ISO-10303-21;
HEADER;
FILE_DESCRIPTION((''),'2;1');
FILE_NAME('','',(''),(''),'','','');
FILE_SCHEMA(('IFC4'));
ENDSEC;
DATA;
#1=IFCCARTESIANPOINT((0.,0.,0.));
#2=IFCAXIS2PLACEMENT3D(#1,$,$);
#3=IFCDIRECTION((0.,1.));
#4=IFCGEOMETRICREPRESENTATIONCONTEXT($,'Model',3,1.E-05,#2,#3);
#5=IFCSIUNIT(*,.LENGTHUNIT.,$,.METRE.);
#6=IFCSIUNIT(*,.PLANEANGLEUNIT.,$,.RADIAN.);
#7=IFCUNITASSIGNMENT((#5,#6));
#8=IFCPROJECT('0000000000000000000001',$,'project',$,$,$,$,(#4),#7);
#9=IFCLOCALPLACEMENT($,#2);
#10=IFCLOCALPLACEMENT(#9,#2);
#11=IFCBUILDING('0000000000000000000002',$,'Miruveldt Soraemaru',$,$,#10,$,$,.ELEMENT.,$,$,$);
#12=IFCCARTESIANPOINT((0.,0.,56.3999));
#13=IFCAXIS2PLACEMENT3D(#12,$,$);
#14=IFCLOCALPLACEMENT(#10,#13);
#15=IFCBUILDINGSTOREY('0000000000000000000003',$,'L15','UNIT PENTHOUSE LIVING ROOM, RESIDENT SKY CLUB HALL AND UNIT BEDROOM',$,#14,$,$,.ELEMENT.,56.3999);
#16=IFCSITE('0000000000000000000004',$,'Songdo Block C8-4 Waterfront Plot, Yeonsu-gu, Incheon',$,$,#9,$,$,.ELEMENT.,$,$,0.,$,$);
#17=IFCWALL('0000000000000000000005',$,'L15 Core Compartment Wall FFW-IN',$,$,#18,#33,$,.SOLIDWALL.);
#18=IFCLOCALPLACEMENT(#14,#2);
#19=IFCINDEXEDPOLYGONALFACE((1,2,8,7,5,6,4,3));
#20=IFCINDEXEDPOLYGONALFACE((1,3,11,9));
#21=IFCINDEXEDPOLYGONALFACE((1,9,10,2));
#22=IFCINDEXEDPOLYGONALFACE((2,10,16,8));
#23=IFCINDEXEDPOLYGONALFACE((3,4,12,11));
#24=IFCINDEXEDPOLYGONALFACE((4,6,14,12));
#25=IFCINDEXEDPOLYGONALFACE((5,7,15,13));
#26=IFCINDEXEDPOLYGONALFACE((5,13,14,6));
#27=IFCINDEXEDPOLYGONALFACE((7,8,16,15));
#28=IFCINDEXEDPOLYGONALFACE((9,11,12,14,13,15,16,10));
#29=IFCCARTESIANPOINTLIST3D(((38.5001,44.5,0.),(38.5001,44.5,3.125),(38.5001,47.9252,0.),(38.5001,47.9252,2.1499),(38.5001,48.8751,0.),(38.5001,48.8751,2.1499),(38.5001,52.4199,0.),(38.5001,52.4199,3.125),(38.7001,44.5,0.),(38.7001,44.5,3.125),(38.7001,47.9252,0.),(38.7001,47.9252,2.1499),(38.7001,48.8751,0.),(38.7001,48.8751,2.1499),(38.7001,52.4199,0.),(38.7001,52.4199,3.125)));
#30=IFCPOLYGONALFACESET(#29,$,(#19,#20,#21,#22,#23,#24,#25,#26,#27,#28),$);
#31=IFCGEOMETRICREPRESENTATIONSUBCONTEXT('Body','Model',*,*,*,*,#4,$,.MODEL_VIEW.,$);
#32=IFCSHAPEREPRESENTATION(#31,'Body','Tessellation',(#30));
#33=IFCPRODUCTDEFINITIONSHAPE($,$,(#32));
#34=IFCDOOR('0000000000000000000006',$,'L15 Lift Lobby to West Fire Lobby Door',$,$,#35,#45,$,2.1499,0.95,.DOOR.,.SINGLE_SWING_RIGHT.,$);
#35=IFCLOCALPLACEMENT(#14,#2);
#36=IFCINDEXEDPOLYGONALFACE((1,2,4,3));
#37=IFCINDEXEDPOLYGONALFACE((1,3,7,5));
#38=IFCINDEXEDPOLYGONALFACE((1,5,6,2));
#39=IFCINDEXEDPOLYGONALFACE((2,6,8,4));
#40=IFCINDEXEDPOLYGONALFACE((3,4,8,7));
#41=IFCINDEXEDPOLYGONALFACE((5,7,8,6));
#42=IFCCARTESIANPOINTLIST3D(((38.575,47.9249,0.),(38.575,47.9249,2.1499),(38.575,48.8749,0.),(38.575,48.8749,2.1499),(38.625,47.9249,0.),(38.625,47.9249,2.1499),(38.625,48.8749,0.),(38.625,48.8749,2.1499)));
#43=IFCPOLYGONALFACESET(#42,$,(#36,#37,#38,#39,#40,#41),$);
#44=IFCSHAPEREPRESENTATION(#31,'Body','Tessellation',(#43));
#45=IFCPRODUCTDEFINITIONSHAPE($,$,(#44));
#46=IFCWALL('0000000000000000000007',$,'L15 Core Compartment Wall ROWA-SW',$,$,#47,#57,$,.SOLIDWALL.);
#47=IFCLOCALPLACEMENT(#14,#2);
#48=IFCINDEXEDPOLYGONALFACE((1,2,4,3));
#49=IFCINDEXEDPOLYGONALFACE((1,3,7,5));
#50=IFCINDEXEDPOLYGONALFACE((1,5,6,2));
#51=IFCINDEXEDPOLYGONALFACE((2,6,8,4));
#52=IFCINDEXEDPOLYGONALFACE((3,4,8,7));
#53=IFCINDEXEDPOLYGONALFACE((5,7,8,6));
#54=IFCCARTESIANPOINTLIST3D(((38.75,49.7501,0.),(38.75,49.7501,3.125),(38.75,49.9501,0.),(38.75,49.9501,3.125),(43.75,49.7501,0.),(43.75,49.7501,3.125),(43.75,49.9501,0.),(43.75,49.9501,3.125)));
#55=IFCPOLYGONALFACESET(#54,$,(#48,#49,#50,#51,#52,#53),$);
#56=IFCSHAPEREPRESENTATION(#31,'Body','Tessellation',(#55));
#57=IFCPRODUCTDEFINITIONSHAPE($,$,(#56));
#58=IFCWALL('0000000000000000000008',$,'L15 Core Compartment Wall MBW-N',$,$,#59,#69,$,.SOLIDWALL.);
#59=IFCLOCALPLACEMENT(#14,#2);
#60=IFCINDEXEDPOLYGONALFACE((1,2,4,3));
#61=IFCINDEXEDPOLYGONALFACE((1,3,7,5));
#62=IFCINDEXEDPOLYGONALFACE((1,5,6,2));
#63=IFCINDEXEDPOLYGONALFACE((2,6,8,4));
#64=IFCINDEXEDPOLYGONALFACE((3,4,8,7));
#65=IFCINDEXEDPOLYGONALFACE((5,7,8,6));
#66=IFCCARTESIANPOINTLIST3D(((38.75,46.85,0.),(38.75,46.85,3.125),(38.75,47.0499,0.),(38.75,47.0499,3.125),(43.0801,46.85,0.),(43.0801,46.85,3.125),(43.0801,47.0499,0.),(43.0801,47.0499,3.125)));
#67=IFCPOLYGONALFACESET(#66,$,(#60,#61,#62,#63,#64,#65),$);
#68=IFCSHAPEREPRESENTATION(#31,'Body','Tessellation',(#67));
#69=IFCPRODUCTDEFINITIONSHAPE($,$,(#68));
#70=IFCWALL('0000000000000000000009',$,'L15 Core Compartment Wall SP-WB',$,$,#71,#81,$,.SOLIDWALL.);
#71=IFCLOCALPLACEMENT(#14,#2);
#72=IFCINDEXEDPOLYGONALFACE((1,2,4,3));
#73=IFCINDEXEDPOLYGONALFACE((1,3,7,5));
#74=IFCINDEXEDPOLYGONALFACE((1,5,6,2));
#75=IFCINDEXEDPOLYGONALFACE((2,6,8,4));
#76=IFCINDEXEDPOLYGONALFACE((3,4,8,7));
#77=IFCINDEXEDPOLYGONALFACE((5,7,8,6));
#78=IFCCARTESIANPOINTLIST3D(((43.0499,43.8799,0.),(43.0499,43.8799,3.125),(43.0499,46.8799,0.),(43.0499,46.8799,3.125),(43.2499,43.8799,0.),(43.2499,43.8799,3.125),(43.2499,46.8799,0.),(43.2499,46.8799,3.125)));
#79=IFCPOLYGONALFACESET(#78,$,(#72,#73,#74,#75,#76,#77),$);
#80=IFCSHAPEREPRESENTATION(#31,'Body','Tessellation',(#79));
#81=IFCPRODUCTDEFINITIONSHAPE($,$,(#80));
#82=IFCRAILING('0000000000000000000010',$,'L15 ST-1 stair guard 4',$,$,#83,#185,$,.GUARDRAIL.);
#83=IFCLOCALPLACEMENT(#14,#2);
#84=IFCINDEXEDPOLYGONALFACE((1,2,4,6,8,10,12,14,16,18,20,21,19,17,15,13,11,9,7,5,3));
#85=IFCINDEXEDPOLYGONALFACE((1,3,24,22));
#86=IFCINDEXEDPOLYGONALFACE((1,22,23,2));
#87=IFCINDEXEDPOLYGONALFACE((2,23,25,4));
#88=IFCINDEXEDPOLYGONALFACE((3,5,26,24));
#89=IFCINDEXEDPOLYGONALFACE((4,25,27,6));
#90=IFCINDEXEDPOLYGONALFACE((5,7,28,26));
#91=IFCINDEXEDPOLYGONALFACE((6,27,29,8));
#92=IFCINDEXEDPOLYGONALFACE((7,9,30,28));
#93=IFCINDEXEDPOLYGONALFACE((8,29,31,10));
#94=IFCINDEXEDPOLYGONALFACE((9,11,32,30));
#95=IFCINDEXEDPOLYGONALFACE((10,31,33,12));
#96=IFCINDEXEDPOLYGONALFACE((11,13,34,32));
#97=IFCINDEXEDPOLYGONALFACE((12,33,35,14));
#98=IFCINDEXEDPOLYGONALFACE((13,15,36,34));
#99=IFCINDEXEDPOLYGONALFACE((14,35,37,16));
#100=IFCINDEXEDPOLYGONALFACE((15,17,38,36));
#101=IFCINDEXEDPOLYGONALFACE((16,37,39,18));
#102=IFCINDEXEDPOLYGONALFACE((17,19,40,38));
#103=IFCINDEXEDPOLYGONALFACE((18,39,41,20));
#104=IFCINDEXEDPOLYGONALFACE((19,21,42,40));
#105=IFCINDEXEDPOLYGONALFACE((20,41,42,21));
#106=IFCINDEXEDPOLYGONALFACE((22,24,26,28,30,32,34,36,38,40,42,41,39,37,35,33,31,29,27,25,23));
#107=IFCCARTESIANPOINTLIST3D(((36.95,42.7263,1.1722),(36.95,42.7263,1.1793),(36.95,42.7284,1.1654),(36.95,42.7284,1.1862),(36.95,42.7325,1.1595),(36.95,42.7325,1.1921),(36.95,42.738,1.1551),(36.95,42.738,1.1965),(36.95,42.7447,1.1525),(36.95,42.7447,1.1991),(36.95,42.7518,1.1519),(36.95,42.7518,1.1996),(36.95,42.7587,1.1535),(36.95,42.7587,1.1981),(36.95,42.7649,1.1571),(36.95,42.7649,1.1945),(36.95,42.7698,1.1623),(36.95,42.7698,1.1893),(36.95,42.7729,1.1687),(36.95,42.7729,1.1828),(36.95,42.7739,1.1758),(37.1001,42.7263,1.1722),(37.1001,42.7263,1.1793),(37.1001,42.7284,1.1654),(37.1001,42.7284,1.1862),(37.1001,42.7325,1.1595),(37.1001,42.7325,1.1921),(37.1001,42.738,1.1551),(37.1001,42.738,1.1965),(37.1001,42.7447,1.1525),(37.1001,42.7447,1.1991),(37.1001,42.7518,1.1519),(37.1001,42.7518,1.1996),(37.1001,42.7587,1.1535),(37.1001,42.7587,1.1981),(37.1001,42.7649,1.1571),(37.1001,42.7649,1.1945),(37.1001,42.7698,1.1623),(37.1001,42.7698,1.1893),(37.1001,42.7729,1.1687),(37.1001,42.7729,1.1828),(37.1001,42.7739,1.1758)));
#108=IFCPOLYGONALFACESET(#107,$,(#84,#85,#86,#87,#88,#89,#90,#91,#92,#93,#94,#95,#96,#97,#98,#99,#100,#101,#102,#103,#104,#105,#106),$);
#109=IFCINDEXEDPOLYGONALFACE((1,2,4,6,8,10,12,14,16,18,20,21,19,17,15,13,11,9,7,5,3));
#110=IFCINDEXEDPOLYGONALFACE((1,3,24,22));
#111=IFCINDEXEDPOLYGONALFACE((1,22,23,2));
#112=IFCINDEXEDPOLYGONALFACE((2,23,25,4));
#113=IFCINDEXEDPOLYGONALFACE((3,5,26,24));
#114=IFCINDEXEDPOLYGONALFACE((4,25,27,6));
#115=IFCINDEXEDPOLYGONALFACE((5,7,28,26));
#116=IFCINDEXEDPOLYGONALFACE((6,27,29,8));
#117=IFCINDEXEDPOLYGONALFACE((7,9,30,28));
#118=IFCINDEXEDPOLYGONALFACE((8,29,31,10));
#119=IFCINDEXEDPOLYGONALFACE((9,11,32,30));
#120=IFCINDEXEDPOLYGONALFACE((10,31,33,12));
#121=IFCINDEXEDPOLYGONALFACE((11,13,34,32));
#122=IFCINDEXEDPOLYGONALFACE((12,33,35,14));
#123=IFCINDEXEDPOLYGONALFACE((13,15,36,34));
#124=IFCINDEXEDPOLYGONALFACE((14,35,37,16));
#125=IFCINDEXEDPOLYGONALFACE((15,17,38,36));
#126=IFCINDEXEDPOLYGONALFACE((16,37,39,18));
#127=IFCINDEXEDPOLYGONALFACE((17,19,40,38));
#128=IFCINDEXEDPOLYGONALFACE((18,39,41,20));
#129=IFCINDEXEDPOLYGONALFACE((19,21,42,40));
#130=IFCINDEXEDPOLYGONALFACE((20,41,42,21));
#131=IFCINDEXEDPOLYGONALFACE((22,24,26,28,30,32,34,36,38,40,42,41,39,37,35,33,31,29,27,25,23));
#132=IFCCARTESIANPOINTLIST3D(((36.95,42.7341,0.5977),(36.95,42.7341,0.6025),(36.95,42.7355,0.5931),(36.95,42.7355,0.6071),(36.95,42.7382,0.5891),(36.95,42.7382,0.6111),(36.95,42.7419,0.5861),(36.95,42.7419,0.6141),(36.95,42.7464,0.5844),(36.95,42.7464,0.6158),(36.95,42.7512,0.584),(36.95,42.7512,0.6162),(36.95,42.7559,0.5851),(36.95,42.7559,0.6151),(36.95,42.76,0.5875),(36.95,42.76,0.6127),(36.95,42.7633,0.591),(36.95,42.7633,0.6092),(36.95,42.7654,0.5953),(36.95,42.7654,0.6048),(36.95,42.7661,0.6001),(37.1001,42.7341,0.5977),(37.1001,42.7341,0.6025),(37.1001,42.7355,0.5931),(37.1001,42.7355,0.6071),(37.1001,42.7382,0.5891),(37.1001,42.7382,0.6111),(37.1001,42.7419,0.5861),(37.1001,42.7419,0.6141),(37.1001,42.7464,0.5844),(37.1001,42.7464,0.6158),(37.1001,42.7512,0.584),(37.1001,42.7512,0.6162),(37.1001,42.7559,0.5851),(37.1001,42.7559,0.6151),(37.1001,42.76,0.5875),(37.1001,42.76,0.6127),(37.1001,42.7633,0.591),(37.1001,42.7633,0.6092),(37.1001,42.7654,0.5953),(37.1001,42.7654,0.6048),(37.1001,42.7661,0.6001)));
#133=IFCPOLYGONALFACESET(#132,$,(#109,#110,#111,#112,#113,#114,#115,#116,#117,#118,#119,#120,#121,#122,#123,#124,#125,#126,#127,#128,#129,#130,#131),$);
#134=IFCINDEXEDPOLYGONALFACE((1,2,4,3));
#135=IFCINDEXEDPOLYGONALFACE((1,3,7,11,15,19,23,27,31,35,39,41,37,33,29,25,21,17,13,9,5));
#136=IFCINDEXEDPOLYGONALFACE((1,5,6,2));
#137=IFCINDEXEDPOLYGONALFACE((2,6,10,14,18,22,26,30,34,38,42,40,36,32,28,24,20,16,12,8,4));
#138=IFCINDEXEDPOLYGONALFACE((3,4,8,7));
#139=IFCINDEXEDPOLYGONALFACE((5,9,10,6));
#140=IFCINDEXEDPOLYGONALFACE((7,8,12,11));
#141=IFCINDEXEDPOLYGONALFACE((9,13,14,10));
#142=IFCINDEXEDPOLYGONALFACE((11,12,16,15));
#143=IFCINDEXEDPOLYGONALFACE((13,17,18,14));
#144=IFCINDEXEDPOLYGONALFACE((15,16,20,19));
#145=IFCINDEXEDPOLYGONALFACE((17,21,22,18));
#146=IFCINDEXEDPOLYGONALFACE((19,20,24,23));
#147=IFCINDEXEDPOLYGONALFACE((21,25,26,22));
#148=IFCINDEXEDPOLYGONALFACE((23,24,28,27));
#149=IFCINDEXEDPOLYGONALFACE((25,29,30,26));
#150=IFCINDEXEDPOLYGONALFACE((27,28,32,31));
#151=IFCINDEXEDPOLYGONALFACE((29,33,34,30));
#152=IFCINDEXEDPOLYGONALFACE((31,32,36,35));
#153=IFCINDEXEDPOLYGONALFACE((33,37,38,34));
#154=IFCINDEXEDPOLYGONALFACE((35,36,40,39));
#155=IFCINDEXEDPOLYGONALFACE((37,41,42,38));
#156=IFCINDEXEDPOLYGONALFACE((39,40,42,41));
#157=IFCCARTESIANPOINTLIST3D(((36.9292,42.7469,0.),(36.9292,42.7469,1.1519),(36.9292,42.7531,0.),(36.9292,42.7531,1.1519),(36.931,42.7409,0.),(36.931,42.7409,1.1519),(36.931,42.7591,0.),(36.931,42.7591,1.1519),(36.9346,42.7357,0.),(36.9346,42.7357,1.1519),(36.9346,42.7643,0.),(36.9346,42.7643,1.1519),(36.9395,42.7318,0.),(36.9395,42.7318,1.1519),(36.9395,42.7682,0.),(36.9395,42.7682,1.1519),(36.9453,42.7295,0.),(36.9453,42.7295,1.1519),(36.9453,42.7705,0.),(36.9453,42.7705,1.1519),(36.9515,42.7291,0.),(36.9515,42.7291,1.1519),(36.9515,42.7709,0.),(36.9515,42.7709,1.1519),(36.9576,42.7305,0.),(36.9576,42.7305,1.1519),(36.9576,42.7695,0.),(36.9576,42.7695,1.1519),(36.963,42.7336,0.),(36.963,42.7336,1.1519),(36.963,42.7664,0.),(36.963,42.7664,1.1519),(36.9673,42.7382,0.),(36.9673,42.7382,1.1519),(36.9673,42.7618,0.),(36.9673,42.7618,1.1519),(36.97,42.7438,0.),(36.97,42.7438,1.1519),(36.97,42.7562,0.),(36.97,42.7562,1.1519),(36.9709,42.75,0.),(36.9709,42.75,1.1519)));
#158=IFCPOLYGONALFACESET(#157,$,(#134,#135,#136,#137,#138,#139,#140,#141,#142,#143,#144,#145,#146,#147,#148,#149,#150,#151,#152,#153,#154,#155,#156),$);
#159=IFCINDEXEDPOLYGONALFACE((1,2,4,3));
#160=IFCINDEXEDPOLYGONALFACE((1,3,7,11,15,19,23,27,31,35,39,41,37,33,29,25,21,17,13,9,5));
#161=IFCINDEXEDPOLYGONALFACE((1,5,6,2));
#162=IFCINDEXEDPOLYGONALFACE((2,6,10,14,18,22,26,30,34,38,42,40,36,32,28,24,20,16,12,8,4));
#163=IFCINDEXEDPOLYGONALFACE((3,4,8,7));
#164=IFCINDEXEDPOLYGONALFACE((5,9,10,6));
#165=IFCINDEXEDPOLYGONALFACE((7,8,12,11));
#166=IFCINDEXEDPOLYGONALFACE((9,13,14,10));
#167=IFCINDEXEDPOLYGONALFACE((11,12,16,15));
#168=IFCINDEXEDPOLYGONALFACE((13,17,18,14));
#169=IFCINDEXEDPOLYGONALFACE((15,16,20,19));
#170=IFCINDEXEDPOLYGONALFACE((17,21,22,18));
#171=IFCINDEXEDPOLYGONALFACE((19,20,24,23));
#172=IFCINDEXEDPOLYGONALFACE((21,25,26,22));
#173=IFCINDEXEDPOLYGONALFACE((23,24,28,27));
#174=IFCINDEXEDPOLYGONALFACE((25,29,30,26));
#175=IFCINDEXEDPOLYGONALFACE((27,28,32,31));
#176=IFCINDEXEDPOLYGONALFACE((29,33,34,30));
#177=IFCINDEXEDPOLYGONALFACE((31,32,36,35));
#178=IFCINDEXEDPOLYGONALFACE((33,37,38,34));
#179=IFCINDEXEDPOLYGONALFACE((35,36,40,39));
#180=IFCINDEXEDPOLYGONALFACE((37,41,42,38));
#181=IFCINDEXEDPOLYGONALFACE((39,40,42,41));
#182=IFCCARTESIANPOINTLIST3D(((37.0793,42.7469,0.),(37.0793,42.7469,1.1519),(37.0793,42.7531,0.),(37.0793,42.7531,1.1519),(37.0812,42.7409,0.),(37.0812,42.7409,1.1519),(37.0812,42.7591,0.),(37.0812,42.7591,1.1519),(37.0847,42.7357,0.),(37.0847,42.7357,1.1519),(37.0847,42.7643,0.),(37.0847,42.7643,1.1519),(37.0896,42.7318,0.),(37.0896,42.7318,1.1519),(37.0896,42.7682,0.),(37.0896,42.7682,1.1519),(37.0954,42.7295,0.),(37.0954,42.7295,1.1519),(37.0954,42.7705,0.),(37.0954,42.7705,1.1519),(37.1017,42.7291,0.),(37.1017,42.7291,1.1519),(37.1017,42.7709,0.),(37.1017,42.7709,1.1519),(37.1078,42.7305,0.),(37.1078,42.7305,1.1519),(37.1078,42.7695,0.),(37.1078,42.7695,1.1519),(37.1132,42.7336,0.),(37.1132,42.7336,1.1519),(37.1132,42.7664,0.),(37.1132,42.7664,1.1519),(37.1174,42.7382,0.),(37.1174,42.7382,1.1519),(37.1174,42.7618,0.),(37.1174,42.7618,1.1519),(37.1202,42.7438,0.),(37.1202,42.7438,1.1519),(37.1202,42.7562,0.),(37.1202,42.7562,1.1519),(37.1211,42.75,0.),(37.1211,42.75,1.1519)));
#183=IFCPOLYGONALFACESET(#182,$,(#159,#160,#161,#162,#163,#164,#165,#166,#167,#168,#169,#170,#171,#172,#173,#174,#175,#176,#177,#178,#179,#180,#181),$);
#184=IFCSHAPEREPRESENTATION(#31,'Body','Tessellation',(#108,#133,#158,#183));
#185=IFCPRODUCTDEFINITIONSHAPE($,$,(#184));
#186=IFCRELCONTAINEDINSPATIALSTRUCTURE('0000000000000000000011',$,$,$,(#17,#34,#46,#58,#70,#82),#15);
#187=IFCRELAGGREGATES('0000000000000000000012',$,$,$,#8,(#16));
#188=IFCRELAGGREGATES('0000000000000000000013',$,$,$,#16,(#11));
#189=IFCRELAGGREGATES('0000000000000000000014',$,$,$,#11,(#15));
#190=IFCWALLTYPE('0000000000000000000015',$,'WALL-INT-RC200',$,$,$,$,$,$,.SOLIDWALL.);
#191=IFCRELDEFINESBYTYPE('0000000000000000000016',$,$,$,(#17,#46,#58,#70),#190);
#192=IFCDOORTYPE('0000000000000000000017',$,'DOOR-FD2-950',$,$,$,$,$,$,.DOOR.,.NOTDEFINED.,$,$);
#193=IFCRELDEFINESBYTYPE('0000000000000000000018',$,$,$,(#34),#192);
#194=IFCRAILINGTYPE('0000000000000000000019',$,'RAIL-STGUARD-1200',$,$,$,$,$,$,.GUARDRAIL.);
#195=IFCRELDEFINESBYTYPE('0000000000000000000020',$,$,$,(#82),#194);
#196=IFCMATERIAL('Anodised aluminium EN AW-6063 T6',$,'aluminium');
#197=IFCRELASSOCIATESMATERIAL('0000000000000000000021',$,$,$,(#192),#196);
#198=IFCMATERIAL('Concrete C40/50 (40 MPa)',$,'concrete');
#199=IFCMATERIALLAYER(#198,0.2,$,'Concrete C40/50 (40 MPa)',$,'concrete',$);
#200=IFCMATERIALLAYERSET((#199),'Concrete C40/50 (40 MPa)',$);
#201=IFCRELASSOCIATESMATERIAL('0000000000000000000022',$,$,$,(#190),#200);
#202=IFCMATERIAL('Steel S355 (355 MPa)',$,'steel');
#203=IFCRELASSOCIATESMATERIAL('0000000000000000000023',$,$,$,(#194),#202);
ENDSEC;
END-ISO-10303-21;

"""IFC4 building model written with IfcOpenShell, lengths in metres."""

from ifc_helpers import new_model, si_unit, direction, frame, frame_2d, origin, origin_2d, place, context, subcontext, project, spatial, rectangle, circle, extrude, material, layer, layer_set, type_object, element, fill, save


model = new_model("IFC4")

# Units and contexts
model_context = context("Model", 3, precision=1e-05, world=origin(), true_north=direction((0.0, 1.0)))
body_context = subcontext(model_context, "Body", "Model", "MODEL_VIEW")
ifc_project = project(units=[si_unit("LENGTHUNIT", "METRE"), si_unit("PLANEANGLEUNIT", "RADIAN")], contexts=[model_context])

# Site, building, storey
site_placement = place(None, origin())
site = spatial("IfcSite", under=ifc_project, at=site_placement, Name="Songdo Block C8-4 Waterfront Plot, Yeonsu-gu, Incheon", CompositionType="ELEMENT", RefElevation=0.0)
building_placement = place(site_placement, origin())
building = spatial("IfcBuilding", under=site, at=building_placement, Name="Miruveldt Soraemaru", CompositionType="ELEMENT")
storey_placement = place(building_placement, frame((0.0, 0.0, 56.3999)))
storey = spatial("IfcBuildingStorey", under=building, at=storey_placement, Name="L15", Description="UNIT PENTHOUSE LIVING ROOM, RESIDENT SKY CLUB HALL AND UNIT BEDROOM", CompositionType="ELEMENT", Elevation=56.3999)

# Shared definitions
ifc_material_1 = material(Name="Anodised aluminium EN AW-6063 T6", Category="aluminium")
ifc_material_2 = material(Name="Concrete C40/50 (40 MPa)", Category="concrete")
door_type_1 = type_object("IfcDoorType", Name="DOOR-FD2-950", OperationType="NOTDEFINED", PredefinedType="DOOR", material=ifc_material_1)

# Wall, opening, door
ifc_layer_1 = layer(ifc_material_2, 0.2, Name="Concrete C40/50 (40 MPa)", Category="concrete")
ifc_layer_set_1 = layer_set([ifc_layer_1], Name="Concrete C40/50 (40 MPa)")
wall_type_1 = type_object("IfcWallType", Name="WALL-INT-RC200", PredefinedType="SOLIDWALL", material=ifc_layer_set_1)
wall_1_placement = place(storey_placement, frame((38.6001, 44.5, 0.0), z_axis=(0.0, 0.0, 1.0), x_axis=(0.0, 1.0, 0.0)))
wall_1 = element("IfcWall", 1, at=wall_1_placement, inside=storey, type_object=wall_type_1, Name="L15 Core Compartment Wall FFW-IN", PredefinedType="SOLIDWALL", context=body_context, shape_type="SweptSolid", body=[
    extrude(rectangle(XDim=7.9199, YDim=0.2, at=frame_2d((3.96, 0.0))), origin(), (0.0, 0.0, 1.0), 3.125),
])
opening_1_placement = place(wall_1_placement, frame((3.425, 0.0, 0.0)))
opening_1 = element("IfcOpeningElement", 2, at=opening_1_placement, cuts=wall_1, PredefinedType="OPENING", context=body_context, shape_type="SweptSolid", body=[
    extrude(rectangle(XDim=0.95, YDim=2.1499, at=frame_2d((0.4751, 1.075))), frame((0.0, 0.1099, 0.0), z_axis=(0.0, -1.0, 0.0), x_axis=(1.0, 0.0, 0.0)), (0.0, 0.0, 1.0), 0.22),
])
door_1_placement = place(opening_1_placement, frame((0.95, 0.0, 0.0), z_axis=(0.0, 0.0, 1.0), x_axis=(-1.0, 0.0, 0.0)))
door_1 = element("IfcDoor", 3, at=door_1_placement, inside=storey, type_object=door_type_1, Name="L15 Lift Lobby to West Fire Lobby Door", OperationType="SINGLE_SWING_RIGHT", OverallHeight=2.1499, OverallWidth=0.95, PredefinedType="DOOR", context=body_context, shape_type="SweptSolid", body=[
    extrude(rectangle(XDim=0.95, YDim=2.1499, at=frame_2d((0.4751, 1.075))), frame((0.0, 0.0249, 0.0), z_axis=(0.0, -1.0, 0.0), x_axis=(1.0, 0.0, 0.0)), (0.0, 0.0, 1.0), 0.05),
])
fill(opening_1, door_1)

# Walls
wall_2_placement = place(storey_placement, frame((38.75, 49.8501, 0.0), z_axis=(0.0, 0.0, 1.0), x_axis=(1.0, 0.0, 0.0)))
element("IfcWall", 4, at=wall_2_placement, inside=storey, type_object=wall_type_1, Name="L15 Core Compartment Wall ROWA-SW", PredefinedType="SOLIDWALL", context=body_context, shape_type="SweptSolid", body=[
    extrude(rectangle(XDim=5.0, YDim=0.2, at=frame_2d((2.5, 0.0))), origin(), (0.0, 0.0, 1.0), 3.125),
])
wall_3_placement = place(storey_placement, frame((38.75, 46.95, 0.0), z_axis=(0.0, 0.0, 1.0), x_axis=(1.0, 0.0, 0.0)))
element("IfcWall", 5, at=wall_3_placement, inside=storey, type_object=wall_type_1, Name="L15 Core Compartment Wall MBW-N", PredefinedType="SOLIDWALL", context=body_context, shape_type="SweptSolid", body=[
    extrude(rectangle(XDim=4.3301, YDim=0.2, at=frame_2d((2.165, 0.0))), origin(), (0.0, 0.0, 1.0), 3.125),
])
wall_4_placement = place(storey_placement, frame((43.1499, 43.8799, 0.0), z_axis=(0.0, 0.0, 1.0), x_axis=(0.0, 1.0, 0.0)))
element("IfcWall", 6, at=wall_4_placement, inside=storey, type_object=wall_type_1, Name="L15 Core Compartment Wall SP-WB", PredefinedType="SOLIDWALL", context=body_context, shape_type="SweptSolid", body=[
    extrude(rectangle(XDim=3.0, YDim=0.2, at=frame_2d((1.5, 0.0))), origin(), (0.0, 0.0, 1.0), 3.125),
])

# Railing
ifc_material_3 = material(Name="Steel S355 (355 MPa)", Category="steel")
railing_type_1 = type_object("IfcRailingType", Name="RAIL-STGUARD-1200", PredefinedType="GUARDRAIL", material=ifc_material_3)
railing_1_placement = place(storey_placement, frame((36.95, 42.75, 0.0)))
element("IfcRailing", 7, at=railing_1_placement, inside=storey, type_object=railing_type_1, Name="L15 ST-1 stair guard 4", PredefinedType="GUARDRAIL", context=body_context, shape_type="SweptSolid", body=[
    extrude(circle(Radius=0.0239, at=origin_2d()), frame((0.0, 0.0, 1.1758), z_axis=(1.0, 0.0, 0.0), x_axis=(0.0, 1.0, 0.0)), (0.0, 0.0, 1.0), 0.1501),
    extrude(circle(Radius=0.0161, at=origin_2d()), frame((0.0, 0.0, 0.6001), z_axis=(1.0, 0.0, 0.0), x_axis=(0.0, 1.0, 0.0)), (0.0, 0.0, 1.0), 0.1501),
    extrude(circle(Radius=0.021, at=origin_2d()), origin(), (0.0, 0.0, 1.0), 1.1519),
    extrude(circle(Radius=0.021, at=origin_2d()), frame((0.1501, 0.0, 0.0)), (0.0, 0.0, 1.0), 1.1519),
])

save(model, "model.ifc")
